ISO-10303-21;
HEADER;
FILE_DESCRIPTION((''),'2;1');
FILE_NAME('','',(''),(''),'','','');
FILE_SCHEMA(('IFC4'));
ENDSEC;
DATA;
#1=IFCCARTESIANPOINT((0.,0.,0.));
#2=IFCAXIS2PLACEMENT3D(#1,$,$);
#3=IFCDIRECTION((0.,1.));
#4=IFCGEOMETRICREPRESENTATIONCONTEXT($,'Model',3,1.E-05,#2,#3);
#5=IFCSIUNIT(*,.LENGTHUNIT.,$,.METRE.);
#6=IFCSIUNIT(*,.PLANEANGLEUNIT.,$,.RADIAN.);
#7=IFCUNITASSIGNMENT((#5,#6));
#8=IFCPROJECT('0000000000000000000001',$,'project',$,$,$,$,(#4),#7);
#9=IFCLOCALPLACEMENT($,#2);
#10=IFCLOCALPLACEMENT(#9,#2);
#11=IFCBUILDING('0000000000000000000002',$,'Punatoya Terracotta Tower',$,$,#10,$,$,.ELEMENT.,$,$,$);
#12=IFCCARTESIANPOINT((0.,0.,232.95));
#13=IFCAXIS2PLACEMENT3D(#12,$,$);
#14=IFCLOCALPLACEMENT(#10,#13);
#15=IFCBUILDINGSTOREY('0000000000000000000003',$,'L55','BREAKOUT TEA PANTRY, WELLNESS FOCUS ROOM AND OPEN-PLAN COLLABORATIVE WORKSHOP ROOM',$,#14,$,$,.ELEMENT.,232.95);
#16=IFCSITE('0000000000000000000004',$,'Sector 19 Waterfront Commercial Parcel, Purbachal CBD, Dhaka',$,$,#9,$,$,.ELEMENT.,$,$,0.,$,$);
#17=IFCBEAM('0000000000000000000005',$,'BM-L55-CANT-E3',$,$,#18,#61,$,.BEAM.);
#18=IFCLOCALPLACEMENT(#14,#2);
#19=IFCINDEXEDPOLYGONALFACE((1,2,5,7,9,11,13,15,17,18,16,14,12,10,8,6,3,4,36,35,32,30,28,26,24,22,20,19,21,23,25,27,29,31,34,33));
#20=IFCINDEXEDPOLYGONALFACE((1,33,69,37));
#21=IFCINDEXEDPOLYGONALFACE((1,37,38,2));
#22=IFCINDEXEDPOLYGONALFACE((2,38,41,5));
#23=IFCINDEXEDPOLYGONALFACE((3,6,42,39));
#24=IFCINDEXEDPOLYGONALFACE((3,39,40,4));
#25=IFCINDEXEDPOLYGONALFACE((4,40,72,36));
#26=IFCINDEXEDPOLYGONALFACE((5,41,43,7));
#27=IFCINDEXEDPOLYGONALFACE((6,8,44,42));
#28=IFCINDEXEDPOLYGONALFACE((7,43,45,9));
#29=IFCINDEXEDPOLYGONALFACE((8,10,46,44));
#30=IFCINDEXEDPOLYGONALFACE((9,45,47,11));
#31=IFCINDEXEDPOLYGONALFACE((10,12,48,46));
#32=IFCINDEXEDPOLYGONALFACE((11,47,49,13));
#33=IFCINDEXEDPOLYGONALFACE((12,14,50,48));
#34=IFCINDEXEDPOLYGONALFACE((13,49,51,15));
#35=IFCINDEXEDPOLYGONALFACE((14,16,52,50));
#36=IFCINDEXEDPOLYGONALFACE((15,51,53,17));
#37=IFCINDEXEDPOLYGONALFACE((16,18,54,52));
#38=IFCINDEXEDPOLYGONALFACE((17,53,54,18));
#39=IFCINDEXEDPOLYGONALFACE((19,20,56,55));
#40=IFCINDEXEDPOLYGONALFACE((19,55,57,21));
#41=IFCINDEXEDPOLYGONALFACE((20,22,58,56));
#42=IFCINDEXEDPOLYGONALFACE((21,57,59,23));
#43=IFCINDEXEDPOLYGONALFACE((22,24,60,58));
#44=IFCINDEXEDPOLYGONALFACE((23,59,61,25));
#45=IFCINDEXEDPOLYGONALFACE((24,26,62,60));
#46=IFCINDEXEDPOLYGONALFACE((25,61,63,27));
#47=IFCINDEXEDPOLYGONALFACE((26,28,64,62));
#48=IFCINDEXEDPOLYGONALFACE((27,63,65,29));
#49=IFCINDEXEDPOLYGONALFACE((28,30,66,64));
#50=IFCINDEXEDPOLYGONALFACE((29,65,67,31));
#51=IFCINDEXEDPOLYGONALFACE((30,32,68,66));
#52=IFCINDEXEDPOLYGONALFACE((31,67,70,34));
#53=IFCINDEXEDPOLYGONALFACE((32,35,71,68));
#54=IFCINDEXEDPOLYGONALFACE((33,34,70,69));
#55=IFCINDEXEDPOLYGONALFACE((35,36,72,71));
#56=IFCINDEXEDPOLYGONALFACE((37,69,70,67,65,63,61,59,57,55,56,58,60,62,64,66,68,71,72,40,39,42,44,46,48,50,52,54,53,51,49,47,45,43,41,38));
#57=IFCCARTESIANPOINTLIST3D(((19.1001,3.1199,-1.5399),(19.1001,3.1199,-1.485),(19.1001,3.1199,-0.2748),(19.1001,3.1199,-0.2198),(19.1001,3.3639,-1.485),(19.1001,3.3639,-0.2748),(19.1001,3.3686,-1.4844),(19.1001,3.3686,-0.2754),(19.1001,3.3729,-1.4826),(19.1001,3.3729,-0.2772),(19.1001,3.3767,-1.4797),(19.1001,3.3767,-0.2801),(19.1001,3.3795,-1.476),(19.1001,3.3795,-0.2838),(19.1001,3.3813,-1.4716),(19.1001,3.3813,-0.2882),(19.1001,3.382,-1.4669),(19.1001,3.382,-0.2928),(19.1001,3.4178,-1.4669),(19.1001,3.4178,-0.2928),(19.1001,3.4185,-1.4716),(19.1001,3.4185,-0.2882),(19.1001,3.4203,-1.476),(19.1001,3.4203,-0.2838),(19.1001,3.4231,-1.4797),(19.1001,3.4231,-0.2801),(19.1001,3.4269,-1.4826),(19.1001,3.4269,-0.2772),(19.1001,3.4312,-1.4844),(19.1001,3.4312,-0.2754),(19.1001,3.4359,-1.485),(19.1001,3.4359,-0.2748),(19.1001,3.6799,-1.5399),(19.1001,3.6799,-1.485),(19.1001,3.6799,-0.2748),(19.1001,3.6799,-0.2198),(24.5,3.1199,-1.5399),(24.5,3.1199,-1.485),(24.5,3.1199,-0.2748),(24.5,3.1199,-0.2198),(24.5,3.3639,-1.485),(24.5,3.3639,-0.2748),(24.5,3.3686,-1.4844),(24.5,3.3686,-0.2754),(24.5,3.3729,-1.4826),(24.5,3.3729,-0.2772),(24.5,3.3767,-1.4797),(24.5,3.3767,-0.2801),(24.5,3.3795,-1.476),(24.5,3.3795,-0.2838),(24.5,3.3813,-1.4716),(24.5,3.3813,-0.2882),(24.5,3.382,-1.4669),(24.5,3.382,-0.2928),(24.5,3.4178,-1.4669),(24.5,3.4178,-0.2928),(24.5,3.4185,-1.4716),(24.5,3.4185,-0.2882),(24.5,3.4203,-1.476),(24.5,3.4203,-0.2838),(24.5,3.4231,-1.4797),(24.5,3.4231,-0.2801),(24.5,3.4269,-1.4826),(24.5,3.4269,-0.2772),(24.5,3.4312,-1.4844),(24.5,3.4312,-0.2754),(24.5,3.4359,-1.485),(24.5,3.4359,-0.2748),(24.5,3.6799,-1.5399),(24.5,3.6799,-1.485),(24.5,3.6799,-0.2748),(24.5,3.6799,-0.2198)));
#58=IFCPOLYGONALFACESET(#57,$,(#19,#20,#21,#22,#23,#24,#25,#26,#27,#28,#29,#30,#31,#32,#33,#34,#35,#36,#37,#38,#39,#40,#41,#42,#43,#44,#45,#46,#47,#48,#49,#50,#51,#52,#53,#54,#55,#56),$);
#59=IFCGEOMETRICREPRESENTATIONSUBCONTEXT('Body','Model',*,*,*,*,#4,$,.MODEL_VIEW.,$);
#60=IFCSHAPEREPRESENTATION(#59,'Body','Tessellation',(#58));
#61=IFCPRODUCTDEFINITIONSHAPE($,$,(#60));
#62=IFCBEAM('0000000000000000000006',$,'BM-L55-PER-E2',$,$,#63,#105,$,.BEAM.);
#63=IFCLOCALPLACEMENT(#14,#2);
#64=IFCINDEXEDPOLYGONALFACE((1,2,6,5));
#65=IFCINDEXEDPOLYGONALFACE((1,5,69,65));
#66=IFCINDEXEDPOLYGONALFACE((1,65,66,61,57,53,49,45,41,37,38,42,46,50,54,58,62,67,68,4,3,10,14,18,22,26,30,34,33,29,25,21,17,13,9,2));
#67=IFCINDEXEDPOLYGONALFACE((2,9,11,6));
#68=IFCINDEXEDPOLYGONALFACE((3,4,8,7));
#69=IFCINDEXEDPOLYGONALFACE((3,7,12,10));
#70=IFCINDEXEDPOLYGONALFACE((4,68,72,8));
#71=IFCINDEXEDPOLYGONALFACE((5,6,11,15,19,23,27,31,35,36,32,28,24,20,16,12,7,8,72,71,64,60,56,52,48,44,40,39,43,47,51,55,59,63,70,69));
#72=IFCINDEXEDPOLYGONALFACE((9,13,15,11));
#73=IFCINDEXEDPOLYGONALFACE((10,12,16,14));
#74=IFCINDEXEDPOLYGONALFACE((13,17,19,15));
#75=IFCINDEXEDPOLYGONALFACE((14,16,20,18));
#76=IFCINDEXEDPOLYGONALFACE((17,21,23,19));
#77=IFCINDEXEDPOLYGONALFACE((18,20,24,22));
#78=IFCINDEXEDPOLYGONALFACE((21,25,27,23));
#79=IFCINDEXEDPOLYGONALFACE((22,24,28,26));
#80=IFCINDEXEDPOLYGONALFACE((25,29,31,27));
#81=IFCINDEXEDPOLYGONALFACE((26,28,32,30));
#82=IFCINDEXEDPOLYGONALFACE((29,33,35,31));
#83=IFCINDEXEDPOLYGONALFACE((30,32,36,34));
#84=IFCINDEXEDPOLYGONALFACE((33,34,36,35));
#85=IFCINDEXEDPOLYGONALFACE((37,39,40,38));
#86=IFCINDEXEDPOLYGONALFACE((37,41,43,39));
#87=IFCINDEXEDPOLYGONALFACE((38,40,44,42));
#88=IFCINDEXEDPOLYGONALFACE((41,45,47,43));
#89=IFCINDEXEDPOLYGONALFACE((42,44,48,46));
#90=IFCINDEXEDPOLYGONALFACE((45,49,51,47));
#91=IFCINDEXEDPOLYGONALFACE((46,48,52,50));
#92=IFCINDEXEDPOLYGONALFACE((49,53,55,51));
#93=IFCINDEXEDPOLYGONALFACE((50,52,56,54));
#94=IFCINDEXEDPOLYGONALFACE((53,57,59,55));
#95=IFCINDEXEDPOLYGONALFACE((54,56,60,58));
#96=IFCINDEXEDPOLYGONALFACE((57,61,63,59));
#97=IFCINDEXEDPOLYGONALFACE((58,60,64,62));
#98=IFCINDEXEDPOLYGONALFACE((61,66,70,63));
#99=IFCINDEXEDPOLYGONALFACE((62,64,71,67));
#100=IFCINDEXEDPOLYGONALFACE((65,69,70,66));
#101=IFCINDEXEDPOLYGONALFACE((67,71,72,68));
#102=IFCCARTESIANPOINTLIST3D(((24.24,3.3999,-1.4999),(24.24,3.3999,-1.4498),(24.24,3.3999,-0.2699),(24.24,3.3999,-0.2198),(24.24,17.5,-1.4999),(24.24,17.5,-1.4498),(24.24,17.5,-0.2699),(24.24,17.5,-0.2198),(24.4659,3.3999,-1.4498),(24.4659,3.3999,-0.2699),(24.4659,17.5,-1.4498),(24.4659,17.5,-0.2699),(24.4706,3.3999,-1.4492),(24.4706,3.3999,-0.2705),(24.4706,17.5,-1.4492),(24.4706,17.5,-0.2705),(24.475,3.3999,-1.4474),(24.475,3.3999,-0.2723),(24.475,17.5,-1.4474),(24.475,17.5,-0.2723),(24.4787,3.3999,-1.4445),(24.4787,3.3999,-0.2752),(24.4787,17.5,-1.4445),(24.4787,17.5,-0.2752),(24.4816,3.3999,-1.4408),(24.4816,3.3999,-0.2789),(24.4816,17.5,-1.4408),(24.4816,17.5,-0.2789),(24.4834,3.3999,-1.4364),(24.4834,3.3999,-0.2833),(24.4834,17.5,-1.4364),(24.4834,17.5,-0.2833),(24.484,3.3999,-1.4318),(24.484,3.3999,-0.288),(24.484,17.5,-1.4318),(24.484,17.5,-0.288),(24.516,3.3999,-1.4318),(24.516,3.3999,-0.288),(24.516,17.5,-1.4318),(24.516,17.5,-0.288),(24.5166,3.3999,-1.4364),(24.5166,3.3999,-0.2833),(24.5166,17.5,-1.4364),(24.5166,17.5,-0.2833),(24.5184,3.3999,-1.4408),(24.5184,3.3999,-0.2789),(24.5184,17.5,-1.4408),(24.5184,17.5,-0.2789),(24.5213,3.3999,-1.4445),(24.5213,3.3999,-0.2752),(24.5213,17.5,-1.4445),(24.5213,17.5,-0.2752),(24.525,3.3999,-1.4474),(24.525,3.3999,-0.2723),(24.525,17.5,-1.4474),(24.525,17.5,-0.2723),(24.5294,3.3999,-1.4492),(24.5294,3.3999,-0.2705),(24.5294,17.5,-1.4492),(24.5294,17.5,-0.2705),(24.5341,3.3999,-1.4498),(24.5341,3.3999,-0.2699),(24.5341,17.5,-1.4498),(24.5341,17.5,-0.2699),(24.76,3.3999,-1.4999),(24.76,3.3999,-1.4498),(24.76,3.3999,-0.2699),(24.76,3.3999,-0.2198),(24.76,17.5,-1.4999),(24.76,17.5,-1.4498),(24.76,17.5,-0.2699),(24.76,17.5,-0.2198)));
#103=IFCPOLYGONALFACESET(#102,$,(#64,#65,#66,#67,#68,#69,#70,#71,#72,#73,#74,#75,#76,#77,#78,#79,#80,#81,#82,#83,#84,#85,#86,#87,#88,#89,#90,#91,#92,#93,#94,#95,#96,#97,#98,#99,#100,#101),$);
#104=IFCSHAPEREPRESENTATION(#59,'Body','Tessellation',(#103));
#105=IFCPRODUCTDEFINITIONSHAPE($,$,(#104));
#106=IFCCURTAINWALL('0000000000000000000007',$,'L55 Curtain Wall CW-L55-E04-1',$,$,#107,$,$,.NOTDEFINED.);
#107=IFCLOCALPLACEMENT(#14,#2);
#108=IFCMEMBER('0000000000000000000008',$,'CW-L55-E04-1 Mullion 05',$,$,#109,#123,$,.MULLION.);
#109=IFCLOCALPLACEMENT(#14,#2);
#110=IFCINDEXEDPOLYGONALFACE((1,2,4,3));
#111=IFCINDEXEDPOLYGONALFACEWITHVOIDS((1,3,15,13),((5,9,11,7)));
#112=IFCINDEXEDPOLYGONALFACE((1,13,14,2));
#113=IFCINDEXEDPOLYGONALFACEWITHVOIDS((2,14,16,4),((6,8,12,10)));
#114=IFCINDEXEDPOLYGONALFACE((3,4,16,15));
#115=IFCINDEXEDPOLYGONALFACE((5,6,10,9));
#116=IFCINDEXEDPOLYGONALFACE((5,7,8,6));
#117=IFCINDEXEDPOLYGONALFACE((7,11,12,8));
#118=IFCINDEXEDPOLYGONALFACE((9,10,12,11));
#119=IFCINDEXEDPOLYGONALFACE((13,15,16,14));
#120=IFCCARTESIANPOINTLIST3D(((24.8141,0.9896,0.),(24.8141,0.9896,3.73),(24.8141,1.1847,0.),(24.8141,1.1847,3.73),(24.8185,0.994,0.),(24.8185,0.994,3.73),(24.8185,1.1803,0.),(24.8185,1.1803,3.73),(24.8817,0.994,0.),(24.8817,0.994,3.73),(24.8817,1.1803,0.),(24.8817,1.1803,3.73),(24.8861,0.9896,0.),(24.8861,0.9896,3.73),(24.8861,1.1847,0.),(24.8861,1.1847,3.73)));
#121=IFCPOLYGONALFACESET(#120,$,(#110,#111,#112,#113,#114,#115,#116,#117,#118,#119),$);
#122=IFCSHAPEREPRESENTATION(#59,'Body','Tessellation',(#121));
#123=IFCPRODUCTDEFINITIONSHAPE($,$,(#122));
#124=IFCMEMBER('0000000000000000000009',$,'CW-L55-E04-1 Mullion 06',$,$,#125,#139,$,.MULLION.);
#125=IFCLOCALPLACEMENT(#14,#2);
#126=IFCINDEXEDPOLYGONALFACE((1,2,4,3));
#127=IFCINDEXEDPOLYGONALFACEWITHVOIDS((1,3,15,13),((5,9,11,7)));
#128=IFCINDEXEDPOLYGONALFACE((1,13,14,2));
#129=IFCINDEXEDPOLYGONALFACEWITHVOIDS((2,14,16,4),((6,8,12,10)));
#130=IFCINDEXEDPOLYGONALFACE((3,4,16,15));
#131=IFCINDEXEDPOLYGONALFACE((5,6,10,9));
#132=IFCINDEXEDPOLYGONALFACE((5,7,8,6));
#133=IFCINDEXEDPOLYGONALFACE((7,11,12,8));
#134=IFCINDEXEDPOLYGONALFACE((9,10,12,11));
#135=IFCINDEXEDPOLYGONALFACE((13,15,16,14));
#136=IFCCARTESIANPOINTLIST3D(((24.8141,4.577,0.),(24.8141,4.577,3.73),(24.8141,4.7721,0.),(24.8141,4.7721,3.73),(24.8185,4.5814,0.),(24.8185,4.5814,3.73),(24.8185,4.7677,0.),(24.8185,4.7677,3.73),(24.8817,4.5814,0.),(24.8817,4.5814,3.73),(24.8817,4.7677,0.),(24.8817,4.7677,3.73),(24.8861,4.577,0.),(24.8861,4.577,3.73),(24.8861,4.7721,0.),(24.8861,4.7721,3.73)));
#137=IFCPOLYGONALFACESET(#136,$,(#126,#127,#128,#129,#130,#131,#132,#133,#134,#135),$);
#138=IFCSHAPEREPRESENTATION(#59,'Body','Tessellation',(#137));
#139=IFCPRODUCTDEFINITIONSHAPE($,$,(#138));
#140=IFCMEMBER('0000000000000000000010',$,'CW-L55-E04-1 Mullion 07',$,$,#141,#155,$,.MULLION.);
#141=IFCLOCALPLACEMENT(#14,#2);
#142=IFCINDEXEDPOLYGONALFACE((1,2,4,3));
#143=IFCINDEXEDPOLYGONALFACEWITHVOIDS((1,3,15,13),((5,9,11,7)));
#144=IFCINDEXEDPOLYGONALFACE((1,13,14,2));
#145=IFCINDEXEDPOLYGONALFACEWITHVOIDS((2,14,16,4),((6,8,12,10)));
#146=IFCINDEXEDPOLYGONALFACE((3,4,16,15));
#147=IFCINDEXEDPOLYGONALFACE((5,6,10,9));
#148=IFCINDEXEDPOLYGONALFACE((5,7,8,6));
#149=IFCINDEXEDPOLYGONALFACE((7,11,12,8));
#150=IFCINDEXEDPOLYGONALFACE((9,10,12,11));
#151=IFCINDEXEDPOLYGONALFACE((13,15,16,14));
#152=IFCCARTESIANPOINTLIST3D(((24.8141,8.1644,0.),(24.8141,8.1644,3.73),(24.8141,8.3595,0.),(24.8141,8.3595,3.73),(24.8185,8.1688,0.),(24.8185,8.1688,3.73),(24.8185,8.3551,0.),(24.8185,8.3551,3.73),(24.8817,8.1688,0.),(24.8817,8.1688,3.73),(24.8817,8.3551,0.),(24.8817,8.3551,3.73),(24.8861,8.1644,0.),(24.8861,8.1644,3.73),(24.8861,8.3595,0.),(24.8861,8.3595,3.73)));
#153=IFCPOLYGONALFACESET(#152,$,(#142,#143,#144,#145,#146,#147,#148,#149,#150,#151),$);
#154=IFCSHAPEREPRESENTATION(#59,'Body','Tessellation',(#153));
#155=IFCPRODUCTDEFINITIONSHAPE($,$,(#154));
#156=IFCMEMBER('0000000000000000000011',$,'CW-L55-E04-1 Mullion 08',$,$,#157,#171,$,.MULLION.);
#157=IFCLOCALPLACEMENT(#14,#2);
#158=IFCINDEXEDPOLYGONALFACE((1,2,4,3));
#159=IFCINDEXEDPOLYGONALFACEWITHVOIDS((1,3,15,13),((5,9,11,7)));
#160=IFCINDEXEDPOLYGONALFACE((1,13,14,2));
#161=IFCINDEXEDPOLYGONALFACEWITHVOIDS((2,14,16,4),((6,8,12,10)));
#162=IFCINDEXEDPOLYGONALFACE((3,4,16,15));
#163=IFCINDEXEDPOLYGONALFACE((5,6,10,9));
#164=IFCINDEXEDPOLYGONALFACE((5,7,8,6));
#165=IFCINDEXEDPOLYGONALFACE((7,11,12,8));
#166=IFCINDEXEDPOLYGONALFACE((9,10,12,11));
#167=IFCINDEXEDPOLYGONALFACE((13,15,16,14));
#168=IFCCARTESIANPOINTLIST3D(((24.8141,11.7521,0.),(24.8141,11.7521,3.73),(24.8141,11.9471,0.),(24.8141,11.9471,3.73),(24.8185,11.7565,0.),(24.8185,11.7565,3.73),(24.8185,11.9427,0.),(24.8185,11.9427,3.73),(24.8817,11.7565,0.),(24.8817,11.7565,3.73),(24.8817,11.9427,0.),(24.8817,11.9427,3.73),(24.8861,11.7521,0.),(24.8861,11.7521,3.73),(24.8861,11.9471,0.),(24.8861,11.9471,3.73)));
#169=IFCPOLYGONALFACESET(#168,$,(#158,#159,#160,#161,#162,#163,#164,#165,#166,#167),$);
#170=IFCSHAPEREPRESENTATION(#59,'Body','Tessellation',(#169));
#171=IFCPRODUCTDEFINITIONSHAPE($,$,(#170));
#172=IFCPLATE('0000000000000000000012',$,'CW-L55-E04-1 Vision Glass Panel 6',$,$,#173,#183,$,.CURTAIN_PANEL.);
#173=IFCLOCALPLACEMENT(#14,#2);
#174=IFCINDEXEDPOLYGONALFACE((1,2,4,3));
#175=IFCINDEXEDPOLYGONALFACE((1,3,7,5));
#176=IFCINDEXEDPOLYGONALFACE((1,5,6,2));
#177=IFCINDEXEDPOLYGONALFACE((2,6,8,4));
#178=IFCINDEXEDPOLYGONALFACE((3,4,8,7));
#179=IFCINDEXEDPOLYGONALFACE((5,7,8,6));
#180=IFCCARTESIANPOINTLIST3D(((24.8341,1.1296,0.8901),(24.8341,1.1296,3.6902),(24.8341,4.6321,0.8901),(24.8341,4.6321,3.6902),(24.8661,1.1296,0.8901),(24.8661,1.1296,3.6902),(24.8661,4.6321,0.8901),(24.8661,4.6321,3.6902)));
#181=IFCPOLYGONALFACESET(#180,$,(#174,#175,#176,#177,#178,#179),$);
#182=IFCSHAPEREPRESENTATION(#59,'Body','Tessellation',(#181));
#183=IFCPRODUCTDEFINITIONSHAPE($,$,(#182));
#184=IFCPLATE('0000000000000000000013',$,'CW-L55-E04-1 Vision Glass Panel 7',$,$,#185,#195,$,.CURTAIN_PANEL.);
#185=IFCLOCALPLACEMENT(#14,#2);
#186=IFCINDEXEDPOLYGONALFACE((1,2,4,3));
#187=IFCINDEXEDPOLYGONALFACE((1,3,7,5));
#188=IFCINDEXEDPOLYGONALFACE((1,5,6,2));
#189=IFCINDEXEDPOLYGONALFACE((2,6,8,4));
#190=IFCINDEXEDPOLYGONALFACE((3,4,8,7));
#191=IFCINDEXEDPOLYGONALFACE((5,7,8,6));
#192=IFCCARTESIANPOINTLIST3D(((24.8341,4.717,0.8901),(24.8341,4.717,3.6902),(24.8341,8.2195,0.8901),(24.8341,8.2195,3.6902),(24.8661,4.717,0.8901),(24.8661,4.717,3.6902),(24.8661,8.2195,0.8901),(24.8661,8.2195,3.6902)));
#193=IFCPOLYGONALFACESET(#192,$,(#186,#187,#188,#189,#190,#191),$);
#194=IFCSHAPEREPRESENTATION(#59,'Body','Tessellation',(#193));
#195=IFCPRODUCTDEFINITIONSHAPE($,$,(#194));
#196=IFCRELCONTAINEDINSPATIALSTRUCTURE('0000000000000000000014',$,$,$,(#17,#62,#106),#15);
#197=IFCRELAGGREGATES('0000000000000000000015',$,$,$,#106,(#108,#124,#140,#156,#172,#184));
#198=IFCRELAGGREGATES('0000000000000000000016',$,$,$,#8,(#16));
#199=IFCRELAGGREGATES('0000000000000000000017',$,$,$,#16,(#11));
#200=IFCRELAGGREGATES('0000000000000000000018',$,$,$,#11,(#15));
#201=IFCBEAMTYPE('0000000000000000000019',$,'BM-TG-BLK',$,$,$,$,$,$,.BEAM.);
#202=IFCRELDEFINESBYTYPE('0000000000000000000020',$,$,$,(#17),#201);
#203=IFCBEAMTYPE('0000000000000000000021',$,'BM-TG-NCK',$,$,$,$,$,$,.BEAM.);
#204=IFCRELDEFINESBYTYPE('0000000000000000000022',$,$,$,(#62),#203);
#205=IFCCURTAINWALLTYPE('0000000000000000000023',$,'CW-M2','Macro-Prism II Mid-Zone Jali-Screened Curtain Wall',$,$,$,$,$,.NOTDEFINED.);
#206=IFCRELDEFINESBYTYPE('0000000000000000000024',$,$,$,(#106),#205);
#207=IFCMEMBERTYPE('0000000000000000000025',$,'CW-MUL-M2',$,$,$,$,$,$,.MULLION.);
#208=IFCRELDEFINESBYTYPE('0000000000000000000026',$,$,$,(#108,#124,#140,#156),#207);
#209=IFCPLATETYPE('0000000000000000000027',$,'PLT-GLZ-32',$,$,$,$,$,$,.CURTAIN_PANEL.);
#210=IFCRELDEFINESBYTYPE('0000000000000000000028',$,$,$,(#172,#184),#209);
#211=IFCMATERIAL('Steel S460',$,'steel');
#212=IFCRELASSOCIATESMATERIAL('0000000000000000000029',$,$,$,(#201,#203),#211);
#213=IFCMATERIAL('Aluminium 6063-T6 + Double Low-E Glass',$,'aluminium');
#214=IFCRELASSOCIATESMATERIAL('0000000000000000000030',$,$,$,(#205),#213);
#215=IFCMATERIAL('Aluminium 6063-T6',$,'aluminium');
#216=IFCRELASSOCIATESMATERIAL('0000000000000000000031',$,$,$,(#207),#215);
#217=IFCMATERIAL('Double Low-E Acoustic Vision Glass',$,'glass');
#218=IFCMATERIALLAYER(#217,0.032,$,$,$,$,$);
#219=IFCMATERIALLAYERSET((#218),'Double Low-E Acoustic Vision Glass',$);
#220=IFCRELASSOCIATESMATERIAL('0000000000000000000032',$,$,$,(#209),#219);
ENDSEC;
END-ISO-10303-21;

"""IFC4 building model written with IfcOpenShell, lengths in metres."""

from ifc_helpers import new_model, si_unit, direction, frame, origin, origin_2d, place, context, subcontext, project, spatial, rectangle, hollow_rectangle, i_section, extrude, material, layer, layer_set, material_profile, profile_set, type_object, element, aggregate, save


model = new_model("IFC4")

# Units and contexts
model_context = context("Model", 3, precision=1e-05, world=origin(), true_north=direction((0.0, 1.0)))
body_context = subcontext(model_context, "Body", "Model", "MODEL_VIEW")
ifc_project = project(units=[si_unit("LENGTHUNIT", "METRE"), si_unit("PLANEANGLEUNIT", "RADIAN")], contexts=[model_context])

# Site, building, storey
site_placement = place(None, origin())
site = spatial("IfcSite", under=ifc_project, at=site_placement, Name="Sector 19 Waterfront Commercial Parcel, Purbachal CBD, Dhaka", CompositionType="ELEMENT", RefElevation=0.0)
building_placement = place(site_placement, origin())
building = spatial("IfcBuilding", under=site, at=building_placement, Name="Punatoya Terracotta Tower", CompositionType="ELEMENT")
storey_placement = place(building_placement, frame((0.0, 0.0, 232.95)))
storey = spatial("IfcBuildingStorey", under=building, at=storey_placement, Name="L55", Description="BREAKOUT TEA PANTRY, WELLNESS FOCUS ROOM AND OPEN-PLAN COLLABORATIVE WORKSHOP ROOM", CompositionType="ELEMENT", Elevation=232.95)

# Shared definitions
ifc_material_1 = material(Name="Steel S460", Category="steel")

# Beams
ifc_material_profile_1 = material_profile(ifc_material_1, i_section(OverallWidth=0.5601, OverallDepth=1.3201, WebThickness=0.0359, FlangeThickness=0.0549, FilletRadius=0.0181, at=origin_2d()))
ifc_profile_set_1 = profile_set([ifc_material_profile_1], Name="Steel S460")
beam_type_1 = type_object("IfcBeamType", Name="BM-TG-BLK", PredefinedType="BEAM", material=ifc_profile_set_1)
beam_1_placement = place(storey_placement, frame((19.1001, 3.3999, -0.8799), z_axis=(1.0, 0.0, 0.0), x_axis=(0.0, 1.0, 0.0)))
element("IfcBeam", 1, at=beam_1_placement, inside=storey, type_object=beam_type_1, Name="BM-L55-CANT-E3", PredefinedType="BEAM", context=body_context, shape_type="SweptSolid", body=[
    extrude(i_section(OverallWidth=0.5601, OverallDepth=1.3201, WebThickness=0.0359, FlangeThickness=0.0549, FilletRadius=0.0181, at=origin_2d()), origin(), (0.0, 0.0, 1.0), 5.3999),
])
ifc_material_profile_2 = material_profile(ifc_material_1, i_section(OverallWidth=0.52, OverallDepth=1.28, WebThickness=0.032, FlangeThickness=0.05, FilletRadius=0.0181, at=origin_2d()))
ifc_profile_set_2 = profile_set([ifc_material_profile_2], Name="Steel S460")
beam_type_2 = type_object("IfcBeamType", Name="BM-TG-NCK", PredefinedType="BEAM", material=ifc_profile_set_2)
beam_2_placement = place(storey_placement, frame((24.5, 3.3999, -0.8599), z_axis=(0.0, 1.0, 0.0), x_axis=(-1.0, 0.0, 0.0)))
element("IfcBeam", 2, at=beam_2_placement, inside=storey, type_object=beam_type_2, Name="BM-L55-PER-E2", PredefinedType="BEAM", context=body_context, shape_type="SweptSolid", body=[
    extrude(i_section(OverallWidth=0.52, OverallDepth=1.28, WebThickness=0.032, FlangeThickness=0.05, FilletRadius=0.0181, at=origin_2d()), origin(), (0.0, 0.0, 1.0), 14.1001),
])

# Curtain wall, members, plates
ifc_material_2 = material(Name="Aluminium 6063-T6 + Double Low-E Glass", Category="aluminium")
curtain_wall_type = type_object("IfcCurtainWallType", Name="CW-M2", Description="Macro-Prism II Mid-Zone Jali-Screened Curtain Wall", PredefinedType="NOTDEFINED", material=ifc_material_2)
curtain_wall_placement = place(storey_placement, origin())
curtain_wall = element("IfcCurtainWall", 3, at=curtain_wall_placement, inside=storey, type_object=curtain_wall_type, Name="L55 Curtain Wall CW-L55-E04-1", PredefinedType="NOTDEFINED")
ifc_material_3 = material(Name="Aluminium 6063-T6", Category="aluminium")
ifc_material_profile_3 = material_profile(ifc_material_3, hollow_rectangle(XDim=0.072, YDim=0.1951, WallThickness=0.0044, at=origin_2d()))
ifc_profile_set_3 = profile_set([ifc_material_profile_3], Name="Aluminium 6063-T6")
member_type = type_object("IfcMemberType", Name="CW-MUL-M2", PredefinedType="MULLION", material=ifc_profile_set_3)
member_1_placement = place(storey_placement, frame((24.8501, 1.0872, 0.0), z_axis=(0.0, 0.0, 1.0), x_axis=(1.0, 0.0, 0.0)))
member_1 = element("IfcMember", 4, at=member_1_placement, type_object=member_type, Name="CW-L55-E04-1 Mullion 05", PredefinedType="MULLION", context=body_context, shape_type="SweptSolid", body=[
    extrude(hollow_rectangle(XDim=0.072, YDim=0.1951, WallThickness=0.0044, at=origin_2d()), origin(), (0.0, 0.0, 1.0), 3.73),
])
member_2_placement = place(storey_placement, frame((24.8501, 4.6746, 0.0), z_axis=(0.0, 0.0, 1.0), x_axis=(1.0, 0.0, 0.0)))
member_2 = element("IfcMember", 5, at=member_2_placement, type_object=member_type, Name="CW-L55-E04-1 Mullion 06", PredefinedType="MULLION", context=body_context, shape_type="SweptSolid", body=[
    extrude(hollow_rectangle(XDim=0.072, YDim=0.1951, WallThickness=0.0044, at=origin_2d()), origin(), (0.0, 0.0, 1.0), 3.73),
])
member_3_placement = place(storey_placement, frame((24.8501, 8.262, 0.0), z_axis=(0.0, 0.0, 1.0), x_axis=(1.0, 0.0, 0.0)))
member_3 = element("IfcMember", 6, at=member_3_placement, type_object=member_type, Name="CW-L55-E04-1 Mullion 07", PredefinedType="MULLION", context=body_context, shape_type="SweptSolid", body=[
    extrude(hollow_rectangle(XDim=0.072, YDim=0.1951, WallThickness=0.0044, at=origin_2d()), origin(), (0.0, 0.0, 1.0), 3.73),
])
member_4_placement = place(storey_placement, frame((24.8501, 11.8496, 0.0), z_axis=(0.0, 0.0, 1.0), x_axis=(1.0, 0.0, 0.0)))
member_4 = element("IfcMember", 7, at=member_4_placement, type_object=member_type, Name="CW-L55-E04-1 Mullion 08", PredefinedType="MULLION", context=body_context, shape_type="SweptSolid", body=[
    extrude(hollow_rectangle(XDim=0.072, YDim=0.1951, WallThickness=0.0044, at=origin_2d()), origin(), (0.0, 0.0, 1.0), 3.73),
])
ifc_material_4 = material(Name="Double Low-E Acoustic Vision Glass", Category="glass")
ifc_layer_1 = layer(ifc_material_4, 0.032)
ifc_layer_set_1 = layer_set([ifc_layer_1], Name="Double Low-E Acoustic Vision Glass")
plate_type_1 = type_object("IfcPlateType", Name="PLT-GLZ-32", PredefinedType="CURTAIN_PANEL", material=ifc_layer_set_1)
plate_1_placement = place(storey_placement, frame((24.8501, 2.8809, 0.8901), z_axis=(0.0, 0.0, 1.0), x_axis=(0.0, 1.0, 0.0)))
plate_1 = element("IfcPlate", 8, at=plate_1_placement, type_object=plate_type_1, Name="CW-L55-E04-1 Vision Glass Panel 6", PredefinedType="CURTAIN_PANEL", context=body_context, shape_type="SweptSolid", body=[
    extrude(rectangle(XDim=3.5024, YDim=0.032, at=origin_2d()), origin(), (0.0, 0.0, 1.0), 2.8),
])
plate_2_placement = place(storey_placement, frame((24.8501, 6.4683, 0.8901), z_axis=(0.0, 0.0, 1.0), x_axis=(0.0, 1.0, 0.0)))
plate_2 = element("IfcPlate", 9, at=plate_2_placement, type_object=plate_type_1, Name="CW-L55-E04-1 Vision Glass Panel 7", PredefinedType="CURTAIN_PANEL", context=body_context, shape_type="SweptSolid", body=[
    extrude(rectangle(XDim=3.5024, YDim=0.032, at=origin_2d()), origin(), (0.0, 0.0, 1.0), 2.8),
])
aggregate(curtain_wall, [member_1, member_2, member_3, member_4, plate_1, plate_2])

save(model, "model.ifc")
